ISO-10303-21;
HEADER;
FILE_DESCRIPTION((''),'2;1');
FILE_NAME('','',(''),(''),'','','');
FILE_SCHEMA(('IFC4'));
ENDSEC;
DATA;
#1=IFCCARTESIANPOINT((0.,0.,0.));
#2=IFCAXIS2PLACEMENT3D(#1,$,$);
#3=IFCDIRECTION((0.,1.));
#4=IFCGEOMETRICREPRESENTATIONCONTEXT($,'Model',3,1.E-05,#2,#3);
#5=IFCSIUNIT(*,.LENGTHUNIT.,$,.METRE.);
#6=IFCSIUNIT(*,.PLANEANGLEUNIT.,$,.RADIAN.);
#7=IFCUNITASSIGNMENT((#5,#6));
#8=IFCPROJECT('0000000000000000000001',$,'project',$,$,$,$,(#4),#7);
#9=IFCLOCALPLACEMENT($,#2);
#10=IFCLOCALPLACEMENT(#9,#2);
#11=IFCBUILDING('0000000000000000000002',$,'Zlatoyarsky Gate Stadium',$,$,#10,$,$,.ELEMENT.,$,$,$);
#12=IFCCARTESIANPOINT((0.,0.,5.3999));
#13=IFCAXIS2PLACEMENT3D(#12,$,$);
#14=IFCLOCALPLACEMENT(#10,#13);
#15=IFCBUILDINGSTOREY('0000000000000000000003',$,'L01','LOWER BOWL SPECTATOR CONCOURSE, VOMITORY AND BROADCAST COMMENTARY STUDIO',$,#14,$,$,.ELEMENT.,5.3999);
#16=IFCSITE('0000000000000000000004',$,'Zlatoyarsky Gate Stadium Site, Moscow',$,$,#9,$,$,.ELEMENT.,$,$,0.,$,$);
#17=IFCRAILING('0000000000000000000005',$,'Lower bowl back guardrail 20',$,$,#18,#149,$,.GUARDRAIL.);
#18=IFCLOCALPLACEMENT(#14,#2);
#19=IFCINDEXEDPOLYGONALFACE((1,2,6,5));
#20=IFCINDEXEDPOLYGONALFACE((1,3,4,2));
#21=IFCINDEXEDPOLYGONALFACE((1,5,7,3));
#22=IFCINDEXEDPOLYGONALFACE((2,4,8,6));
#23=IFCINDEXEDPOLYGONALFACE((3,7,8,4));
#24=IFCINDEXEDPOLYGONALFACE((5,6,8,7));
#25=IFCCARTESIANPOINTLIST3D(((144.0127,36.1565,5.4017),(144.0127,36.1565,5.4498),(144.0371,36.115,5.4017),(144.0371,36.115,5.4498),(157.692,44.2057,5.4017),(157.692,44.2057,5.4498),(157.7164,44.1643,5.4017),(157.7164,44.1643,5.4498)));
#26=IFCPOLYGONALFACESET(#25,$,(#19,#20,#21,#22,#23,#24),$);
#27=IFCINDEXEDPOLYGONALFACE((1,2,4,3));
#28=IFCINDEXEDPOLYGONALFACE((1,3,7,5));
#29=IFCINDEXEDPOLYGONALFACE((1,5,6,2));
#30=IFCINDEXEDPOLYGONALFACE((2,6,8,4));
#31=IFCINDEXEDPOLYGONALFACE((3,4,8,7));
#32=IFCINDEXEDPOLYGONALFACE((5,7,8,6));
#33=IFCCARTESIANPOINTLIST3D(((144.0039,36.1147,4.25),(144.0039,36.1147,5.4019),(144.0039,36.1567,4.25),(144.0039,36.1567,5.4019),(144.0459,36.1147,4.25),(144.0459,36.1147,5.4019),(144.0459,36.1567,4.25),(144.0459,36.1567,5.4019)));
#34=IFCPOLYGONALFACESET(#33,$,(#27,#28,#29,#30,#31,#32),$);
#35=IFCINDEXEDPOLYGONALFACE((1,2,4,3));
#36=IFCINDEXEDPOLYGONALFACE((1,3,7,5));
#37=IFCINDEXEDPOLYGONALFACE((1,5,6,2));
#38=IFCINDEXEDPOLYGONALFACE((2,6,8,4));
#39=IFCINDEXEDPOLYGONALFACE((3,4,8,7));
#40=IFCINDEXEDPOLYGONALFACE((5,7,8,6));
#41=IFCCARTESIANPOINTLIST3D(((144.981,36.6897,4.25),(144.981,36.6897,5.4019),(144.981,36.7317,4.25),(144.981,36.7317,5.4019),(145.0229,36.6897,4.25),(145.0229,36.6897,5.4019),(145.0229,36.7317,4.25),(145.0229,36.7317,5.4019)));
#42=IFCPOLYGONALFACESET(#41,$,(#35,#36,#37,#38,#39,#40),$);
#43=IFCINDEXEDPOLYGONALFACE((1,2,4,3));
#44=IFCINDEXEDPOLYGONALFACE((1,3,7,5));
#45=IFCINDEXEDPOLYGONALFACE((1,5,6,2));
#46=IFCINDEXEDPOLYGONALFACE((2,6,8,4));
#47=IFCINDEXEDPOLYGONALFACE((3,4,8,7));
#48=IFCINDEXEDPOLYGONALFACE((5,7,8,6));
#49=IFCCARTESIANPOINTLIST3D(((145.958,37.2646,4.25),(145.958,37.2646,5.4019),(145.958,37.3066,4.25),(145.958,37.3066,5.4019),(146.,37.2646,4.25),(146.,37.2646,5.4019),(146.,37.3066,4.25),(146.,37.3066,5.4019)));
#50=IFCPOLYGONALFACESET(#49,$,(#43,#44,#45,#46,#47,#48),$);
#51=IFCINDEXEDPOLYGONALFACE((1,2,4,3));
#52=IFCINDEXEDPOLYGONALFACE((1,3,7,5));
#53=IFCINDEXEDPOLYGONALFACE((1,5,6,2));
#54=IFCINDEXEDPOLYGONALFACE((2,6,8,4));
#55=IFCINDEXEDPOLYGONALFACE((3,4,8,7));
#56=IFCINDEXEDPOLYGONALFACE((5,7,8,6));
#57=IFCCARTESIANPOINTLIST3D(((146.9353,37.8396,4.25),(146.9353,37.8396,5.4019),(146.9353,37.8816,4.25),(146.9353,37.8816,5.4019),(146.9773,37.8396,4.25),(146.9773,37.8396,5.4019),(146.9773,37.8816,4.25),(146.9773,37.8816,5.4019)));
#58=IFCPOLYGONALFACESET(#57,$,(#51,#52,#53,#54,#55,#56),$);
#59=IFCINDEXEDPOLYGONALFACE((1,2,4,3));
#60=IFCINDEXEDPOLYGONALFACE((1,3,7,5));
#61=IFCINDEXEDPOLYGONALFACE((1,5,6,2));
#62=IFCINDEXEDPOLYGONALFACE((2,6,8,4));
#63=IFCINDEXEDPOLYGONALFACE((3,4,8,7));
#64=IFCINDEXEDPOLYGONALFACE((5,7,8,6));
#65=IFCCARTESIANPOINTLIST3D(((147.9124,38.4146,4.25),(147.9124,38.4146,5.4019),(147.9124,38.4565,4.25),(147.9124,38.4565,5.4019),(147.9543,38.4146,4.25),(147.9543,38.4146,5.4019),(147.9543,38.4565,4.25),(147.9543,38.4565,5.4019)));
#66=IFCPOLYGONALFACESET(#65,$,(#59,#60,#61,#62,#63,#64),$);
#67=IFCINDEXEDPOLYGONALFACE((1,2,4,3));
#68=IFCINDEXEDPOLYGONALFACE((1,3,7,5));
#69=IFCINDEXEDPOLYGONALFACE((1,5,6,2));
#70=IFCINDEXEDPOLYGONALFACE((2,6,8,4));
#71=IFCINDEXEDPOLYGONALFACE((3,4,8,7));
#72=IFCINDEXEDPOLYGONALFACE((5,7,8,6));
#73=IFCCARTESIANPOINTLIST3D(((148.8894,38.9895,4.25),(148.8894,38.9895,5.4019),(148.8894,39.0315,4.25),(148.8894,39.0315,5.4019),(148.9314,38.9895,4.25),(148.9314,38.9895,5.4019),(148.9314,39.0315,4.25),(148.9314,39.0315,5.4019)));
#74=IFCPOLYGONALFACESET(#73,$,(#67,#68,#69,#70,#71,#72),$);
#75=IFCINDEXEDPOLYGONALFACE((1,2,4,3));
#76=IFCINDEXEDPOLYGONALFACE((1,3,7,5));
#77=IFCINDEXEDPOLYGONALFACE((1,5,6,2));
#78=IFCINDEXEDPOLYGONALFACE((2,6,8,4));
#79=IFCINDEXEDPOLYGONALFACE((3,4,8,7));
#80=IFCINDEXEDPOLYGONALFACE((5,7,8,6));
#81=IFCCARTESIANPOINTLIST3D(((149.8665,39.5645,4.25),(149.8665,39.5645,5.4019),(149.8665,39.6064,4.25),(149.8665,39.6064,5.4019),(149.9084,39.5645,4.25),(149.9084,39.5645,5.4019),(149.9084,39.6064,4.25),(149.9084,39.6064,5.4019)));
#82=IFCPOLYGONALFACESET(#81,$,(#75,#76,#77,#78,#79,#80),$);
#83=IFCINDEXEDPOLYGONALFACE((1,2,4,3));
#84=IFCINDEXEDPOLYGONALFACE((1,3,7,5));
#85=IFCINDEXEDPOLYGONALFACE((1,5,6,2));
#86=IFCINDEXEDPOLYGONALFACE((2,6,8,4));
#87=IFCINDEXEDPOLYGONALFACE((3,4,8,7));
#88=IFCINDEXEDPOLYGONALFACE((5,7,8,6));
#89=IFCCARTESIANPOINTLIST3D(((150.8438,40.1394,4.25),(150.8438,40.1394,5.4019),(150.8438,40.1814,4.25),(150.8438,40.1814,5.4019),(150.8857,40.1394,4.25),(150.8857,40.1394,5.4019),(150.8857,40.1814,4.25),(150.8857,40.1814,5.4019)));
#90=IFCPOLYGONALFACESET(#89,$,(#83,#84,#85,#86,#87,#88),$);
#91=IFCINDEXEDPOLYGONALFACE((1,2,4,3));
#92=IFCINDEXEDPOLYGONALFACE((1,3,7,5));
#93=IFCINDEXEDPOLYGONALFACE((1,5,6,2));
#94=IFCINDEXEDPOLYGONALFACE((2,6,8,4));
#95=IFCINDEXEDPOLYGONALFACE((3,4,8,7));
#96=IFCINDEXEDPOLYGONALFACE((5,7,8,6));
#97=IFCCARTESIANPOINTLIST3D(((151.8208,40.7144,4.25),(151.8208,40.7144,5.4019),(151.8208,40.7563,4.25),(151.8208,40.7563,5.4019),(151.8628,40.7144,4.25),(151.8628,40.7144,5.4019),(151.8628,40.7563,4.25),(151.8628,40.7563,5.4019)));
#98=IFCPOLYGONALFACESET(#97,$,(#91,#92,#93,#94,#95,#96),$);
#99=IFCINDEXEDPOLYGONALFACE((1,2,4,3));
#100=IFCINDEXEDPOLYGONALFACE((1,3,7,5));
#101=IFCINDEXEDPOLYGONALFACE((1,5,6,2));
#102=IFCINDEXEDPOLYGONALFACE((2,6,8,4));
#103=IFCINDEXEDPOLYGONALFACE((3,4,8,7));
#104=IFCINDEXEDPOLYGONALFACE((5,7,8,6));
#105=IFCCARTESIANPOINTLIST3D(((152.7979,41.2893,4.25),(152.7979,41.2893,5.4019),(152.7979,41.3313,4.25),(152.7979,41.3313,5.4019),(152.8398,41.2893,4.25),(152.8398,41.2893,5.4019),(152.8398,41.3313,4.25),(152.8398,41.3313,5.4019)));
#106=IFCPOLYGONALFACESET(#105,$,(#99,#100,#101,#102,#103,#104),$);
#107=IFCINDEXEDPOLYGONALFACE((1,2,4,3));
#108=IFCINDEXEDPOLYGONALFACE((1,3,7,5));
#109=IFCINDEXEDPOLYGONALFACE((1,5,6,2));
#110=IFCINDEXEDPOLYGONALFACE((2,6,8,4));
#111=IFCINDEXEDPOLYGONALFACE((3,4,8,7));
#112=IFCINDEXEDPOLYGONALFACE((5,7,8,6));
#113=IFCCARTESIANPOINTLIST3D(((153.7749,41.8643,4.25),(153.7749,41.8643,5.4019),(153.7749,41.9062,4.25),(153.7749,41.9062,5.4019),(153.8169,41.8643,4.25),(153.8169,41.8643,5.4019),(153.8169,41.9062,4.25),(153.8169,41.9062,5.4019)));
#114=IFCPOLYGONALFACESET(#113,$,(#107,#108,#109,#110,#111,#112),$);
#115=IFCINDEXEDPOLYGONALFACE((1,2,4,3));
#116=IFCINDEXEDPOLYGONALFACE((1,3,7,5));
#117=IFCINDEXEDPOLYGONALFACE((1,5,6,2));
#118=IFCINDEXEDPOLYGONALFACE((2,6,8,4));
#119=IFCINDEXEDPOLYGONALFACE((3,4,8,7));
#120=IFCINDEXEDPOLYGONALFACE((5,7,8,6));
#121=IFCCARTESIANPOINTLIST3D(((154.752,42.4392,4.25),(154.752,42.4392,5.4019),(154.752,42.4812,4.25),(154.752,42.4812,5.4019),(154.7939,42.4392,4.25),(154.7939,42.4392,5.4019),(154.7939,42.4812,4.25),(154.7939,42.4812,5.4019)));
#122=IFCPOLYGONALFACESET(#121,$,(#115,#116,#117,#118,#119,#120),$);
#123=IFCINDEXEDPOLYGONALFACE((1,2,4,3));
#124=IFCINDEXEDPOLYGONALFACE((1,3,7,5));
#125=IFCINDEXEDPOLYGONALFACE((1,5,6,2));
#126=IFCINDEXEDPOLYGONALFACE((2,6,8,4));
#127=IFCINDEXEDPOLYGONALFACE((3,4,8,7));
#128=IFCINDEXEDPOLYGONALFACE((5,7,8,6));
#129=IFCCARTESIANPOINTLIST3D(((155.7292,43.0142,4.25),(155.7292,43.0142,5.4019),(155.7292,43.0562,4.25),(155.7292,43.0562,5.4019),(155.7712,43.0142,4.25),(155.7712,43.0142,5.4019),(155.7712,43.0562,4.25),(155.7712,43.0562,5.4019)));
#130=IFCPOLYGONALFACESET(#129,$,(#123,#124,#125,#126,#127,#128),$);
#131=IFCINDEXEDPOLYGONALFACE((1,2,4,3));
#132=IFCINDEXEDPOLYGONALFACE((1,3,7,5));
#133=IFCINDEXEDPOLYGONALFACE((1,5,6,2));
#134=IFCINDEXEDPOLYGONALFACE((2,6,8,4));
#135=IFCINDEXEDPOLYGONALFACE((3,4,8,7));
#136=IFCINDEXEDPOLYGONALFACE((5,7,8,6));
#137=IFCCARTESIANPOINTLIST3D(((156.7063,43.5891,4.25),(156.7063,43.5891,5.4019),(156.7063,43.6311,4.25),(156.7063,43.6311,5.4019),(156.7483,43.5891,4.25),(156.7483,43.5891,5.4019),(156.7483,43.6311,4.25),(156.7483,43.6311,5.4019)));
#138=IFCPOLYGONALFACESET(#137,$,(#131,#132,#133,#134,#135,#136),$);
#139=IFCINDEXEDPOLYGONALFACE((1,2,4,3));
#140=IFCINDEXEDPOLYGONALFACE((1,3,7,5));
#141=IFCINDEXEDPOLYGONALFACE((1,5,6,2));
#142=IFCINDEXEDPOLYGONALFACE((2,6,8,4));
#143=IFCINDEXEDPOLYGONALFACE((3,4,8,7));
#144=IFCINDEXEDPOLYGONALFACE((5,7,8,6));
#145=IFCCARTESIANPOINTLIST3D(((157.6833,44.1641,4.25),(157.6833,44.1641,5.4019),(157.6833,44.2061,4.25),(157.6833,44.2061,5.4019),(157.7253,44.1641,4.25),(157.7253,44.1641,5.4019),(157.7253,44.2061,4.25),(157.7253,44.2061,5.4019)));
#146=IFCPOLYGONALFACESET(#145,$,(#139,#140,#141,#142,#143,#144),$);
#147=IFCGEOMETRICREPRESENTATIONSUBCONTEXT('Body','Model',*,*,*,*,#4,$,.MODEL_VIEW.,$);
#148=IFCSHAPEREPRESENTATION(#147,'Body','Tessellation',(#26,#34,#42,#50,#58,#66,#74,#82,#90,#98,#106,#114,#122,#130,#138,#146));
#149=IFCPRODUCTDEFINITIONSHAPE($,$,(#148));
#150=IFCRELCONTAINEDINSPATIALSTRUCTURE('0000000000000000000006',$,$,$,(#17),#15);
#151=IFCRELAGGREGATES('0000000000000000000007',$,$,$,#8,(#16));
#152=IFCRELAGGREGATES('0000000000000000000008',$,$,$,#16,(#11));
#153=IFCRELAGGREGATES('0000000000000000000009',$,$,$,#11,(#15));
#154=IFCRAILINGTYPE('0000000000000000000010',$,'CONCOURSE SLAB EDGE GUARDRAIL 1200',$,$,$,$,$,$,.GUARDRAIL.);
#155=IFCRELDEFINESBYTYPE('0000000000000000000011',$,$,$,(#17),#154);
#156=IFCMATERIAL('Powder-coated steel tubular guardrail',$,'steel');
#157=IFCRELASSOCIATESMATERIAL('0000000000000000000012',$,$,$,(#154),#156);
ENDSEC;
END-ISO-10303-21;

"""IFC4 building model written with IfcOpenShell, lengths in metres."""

from ifc_helpers import new_model, si_unit, direction, frame, origin, origin_2d, place, context, subcontext, project, spatial, rectangle, extrude, material, type_object, element, save


model = new_model("IFC4")

# Units and contexts
model_context = context("Model", 3, precision=1e-05, world=origin(), true_north=direction((0.0, 1.0)))
body_context = subcontext(model_context, "Body", "Model", "MODEL_VIEW")
ifc_project = project(units=[si_unit("LENGTHUNIT", "METRE"), si_unit("PLANEANGLEUNIT", "RADIAN")], contexts=[model_context])

# Site, building, storey
site_placement = place(None, origin())
site = spatial("IfcSite", under=ifc_project, at=site_placement, Name="Zlatoyarsky Gate Stadium Site, Moscow", CompositionType="ELEMENT", RefElevation=0.0)
building_placement = place(site_placement, origin())
building = spatial("IfcBuilding", under=site, at=building_placement, Name="Zlatoyarsky Gate Stadium", CompositionType="ELEMENT")
storey_placement = place(building_placement, frame((0.0, 0.0, 5.3999)))
storey = spatial("IfcBuildingStorey", under=building, at=storey_placement, Name="L01", Description="LOWER BOWL SPECTATOR CONCOURSE, VOMITORY AND BROADCAST COMMENTARY STUDIO", CompositionType="ELEMENT", Elevation=5.3999)

# Railing
ifc_material_1 = material(Name="Powder-coated steel tubular guardrail", Category="steel")
railing_type_1 = type_object("IfcRailingType", Name="CONCOURSE SLAB EDGE GUARDRAIL 1200", PredefinedType="GUARDRAIL", material=ifc_material_1)
railing_1_placement = place(storey_placement, frame((144.0249, 36.1357, 4.25)))
element("IfcRailing", 1, at=railing_1_placement, inside=storey, type_object=railing_type_1, Name="Lower bowl back guardrail 20", PredefinedType="GUARDRAIL", context=body_context, shape_type="SweptSolid", body=[
    extrude(rectangle(XDim=0.0481, YDim=0.0481, at=origin_2d()), frame((0.0, 0.0, 1.1758), z_axis=(0.861863, 0.507141, 0.0), x_axis=(-0.507141, 0.861863, 0.0)), (0.0, 0.0, 1.0), 15.8718),
    extrude(rectangle(XDim=0.042, YDim=0.042, at=origin_2d()), origin(), (0.0, 0.0, 1.0), 1.1519),
    extrude(rectangle(XDim=0.042, YDim=0.042, at=origin_2d()), frame((0.9771, 0.575, 0.0)), (0.0, 0.0, 1.0), 1.1519),
    extrude(rectangle(XDim=0.042, YDim=0.042, at=origin_2d()), frame((1.9541, 1.1499, 0.0)), (0.0, 0.0, 1.0), 1.1519),
    extrude(rectangle(XDim=0.042, YDim=0.042, at=origin_2d()), frame((2.9314, 1.7249, 0.0)), (0.0, 0.0, 1.0), 1.1519),
    extrude(rectangle(XDim=0.042, YDim=0.042, at=origin_2d()), frame((3.9084, 2.2998, 0.0)), (0.0, 0.0, 1.0), 1.1519),
    extrude(rectangle(XDim=0.042, YDim=0.042, at=origin_2d()), frame((4.8855, 2.8748, 0.0)), (0.0, 0.0, 1.0), 1.1519),
    extrude(rectangle(XDim=0.042, YDim=0.042, at=origin_2d()), frame((5.8625, 3.4497, 0.0)), (0.0, 0.0, 1.0), 1.1519),
    extrude(rectangle(XDim=0.042, YDim=0.042, at=origin_2d()), frame((6.8398, 4.0247, 0.0)), (0.0, 0.0, 1.0), 1.1519),
    extrude(rectangle(XDim=0.042, YDim=0.042, at=origin_2d()), frame((7.8169, 4.5996, 0.0)), (0.0, 0.0, 1.0), 1.1519),
    extrude(rectangle(XDim=0.042, YDim=0.042, at=origin_2d()), frame((8.7939, 5.1746, 0.0)), (0.0, 0.0, 1.0), 1.1519),
    extrude(rectangle(XDim=0.042, YDim=0.042, at=origin_2d()), frame((9.771, 5.7495, 0.0)), (0.0, 0.0, 1.0), 1.1519),
    extrude(rectangle(XDim=0.042, YDim=0.042, at=origin_2d()), frame((10.748, 6.3245, 0.0)), (0.0, 0.0, 1.0), 1.1519),
    extrude(rectangle(XDim=0.042, YDim=0.042, at=origin_2d()), frame((11.7253, 6.8994, 0.0)), (0.0, 0.0, 1.0), 1.1519),
    extrude(rectangle(XDim=0.042, YDim=0.042, at=origin_2d()), frame((12.7024, 7.4744, 0.0)), (0.0, 0.0, 1.0), 1.1519),
    extrude(rectangle(XDim=0.042, YDim=0.042, at=origin_2d()), frame((13.6794, 8.0493, 0.0)), (0.0, 0.0, 1.0), 1.1519),
])

save(model, "model.ifc")
